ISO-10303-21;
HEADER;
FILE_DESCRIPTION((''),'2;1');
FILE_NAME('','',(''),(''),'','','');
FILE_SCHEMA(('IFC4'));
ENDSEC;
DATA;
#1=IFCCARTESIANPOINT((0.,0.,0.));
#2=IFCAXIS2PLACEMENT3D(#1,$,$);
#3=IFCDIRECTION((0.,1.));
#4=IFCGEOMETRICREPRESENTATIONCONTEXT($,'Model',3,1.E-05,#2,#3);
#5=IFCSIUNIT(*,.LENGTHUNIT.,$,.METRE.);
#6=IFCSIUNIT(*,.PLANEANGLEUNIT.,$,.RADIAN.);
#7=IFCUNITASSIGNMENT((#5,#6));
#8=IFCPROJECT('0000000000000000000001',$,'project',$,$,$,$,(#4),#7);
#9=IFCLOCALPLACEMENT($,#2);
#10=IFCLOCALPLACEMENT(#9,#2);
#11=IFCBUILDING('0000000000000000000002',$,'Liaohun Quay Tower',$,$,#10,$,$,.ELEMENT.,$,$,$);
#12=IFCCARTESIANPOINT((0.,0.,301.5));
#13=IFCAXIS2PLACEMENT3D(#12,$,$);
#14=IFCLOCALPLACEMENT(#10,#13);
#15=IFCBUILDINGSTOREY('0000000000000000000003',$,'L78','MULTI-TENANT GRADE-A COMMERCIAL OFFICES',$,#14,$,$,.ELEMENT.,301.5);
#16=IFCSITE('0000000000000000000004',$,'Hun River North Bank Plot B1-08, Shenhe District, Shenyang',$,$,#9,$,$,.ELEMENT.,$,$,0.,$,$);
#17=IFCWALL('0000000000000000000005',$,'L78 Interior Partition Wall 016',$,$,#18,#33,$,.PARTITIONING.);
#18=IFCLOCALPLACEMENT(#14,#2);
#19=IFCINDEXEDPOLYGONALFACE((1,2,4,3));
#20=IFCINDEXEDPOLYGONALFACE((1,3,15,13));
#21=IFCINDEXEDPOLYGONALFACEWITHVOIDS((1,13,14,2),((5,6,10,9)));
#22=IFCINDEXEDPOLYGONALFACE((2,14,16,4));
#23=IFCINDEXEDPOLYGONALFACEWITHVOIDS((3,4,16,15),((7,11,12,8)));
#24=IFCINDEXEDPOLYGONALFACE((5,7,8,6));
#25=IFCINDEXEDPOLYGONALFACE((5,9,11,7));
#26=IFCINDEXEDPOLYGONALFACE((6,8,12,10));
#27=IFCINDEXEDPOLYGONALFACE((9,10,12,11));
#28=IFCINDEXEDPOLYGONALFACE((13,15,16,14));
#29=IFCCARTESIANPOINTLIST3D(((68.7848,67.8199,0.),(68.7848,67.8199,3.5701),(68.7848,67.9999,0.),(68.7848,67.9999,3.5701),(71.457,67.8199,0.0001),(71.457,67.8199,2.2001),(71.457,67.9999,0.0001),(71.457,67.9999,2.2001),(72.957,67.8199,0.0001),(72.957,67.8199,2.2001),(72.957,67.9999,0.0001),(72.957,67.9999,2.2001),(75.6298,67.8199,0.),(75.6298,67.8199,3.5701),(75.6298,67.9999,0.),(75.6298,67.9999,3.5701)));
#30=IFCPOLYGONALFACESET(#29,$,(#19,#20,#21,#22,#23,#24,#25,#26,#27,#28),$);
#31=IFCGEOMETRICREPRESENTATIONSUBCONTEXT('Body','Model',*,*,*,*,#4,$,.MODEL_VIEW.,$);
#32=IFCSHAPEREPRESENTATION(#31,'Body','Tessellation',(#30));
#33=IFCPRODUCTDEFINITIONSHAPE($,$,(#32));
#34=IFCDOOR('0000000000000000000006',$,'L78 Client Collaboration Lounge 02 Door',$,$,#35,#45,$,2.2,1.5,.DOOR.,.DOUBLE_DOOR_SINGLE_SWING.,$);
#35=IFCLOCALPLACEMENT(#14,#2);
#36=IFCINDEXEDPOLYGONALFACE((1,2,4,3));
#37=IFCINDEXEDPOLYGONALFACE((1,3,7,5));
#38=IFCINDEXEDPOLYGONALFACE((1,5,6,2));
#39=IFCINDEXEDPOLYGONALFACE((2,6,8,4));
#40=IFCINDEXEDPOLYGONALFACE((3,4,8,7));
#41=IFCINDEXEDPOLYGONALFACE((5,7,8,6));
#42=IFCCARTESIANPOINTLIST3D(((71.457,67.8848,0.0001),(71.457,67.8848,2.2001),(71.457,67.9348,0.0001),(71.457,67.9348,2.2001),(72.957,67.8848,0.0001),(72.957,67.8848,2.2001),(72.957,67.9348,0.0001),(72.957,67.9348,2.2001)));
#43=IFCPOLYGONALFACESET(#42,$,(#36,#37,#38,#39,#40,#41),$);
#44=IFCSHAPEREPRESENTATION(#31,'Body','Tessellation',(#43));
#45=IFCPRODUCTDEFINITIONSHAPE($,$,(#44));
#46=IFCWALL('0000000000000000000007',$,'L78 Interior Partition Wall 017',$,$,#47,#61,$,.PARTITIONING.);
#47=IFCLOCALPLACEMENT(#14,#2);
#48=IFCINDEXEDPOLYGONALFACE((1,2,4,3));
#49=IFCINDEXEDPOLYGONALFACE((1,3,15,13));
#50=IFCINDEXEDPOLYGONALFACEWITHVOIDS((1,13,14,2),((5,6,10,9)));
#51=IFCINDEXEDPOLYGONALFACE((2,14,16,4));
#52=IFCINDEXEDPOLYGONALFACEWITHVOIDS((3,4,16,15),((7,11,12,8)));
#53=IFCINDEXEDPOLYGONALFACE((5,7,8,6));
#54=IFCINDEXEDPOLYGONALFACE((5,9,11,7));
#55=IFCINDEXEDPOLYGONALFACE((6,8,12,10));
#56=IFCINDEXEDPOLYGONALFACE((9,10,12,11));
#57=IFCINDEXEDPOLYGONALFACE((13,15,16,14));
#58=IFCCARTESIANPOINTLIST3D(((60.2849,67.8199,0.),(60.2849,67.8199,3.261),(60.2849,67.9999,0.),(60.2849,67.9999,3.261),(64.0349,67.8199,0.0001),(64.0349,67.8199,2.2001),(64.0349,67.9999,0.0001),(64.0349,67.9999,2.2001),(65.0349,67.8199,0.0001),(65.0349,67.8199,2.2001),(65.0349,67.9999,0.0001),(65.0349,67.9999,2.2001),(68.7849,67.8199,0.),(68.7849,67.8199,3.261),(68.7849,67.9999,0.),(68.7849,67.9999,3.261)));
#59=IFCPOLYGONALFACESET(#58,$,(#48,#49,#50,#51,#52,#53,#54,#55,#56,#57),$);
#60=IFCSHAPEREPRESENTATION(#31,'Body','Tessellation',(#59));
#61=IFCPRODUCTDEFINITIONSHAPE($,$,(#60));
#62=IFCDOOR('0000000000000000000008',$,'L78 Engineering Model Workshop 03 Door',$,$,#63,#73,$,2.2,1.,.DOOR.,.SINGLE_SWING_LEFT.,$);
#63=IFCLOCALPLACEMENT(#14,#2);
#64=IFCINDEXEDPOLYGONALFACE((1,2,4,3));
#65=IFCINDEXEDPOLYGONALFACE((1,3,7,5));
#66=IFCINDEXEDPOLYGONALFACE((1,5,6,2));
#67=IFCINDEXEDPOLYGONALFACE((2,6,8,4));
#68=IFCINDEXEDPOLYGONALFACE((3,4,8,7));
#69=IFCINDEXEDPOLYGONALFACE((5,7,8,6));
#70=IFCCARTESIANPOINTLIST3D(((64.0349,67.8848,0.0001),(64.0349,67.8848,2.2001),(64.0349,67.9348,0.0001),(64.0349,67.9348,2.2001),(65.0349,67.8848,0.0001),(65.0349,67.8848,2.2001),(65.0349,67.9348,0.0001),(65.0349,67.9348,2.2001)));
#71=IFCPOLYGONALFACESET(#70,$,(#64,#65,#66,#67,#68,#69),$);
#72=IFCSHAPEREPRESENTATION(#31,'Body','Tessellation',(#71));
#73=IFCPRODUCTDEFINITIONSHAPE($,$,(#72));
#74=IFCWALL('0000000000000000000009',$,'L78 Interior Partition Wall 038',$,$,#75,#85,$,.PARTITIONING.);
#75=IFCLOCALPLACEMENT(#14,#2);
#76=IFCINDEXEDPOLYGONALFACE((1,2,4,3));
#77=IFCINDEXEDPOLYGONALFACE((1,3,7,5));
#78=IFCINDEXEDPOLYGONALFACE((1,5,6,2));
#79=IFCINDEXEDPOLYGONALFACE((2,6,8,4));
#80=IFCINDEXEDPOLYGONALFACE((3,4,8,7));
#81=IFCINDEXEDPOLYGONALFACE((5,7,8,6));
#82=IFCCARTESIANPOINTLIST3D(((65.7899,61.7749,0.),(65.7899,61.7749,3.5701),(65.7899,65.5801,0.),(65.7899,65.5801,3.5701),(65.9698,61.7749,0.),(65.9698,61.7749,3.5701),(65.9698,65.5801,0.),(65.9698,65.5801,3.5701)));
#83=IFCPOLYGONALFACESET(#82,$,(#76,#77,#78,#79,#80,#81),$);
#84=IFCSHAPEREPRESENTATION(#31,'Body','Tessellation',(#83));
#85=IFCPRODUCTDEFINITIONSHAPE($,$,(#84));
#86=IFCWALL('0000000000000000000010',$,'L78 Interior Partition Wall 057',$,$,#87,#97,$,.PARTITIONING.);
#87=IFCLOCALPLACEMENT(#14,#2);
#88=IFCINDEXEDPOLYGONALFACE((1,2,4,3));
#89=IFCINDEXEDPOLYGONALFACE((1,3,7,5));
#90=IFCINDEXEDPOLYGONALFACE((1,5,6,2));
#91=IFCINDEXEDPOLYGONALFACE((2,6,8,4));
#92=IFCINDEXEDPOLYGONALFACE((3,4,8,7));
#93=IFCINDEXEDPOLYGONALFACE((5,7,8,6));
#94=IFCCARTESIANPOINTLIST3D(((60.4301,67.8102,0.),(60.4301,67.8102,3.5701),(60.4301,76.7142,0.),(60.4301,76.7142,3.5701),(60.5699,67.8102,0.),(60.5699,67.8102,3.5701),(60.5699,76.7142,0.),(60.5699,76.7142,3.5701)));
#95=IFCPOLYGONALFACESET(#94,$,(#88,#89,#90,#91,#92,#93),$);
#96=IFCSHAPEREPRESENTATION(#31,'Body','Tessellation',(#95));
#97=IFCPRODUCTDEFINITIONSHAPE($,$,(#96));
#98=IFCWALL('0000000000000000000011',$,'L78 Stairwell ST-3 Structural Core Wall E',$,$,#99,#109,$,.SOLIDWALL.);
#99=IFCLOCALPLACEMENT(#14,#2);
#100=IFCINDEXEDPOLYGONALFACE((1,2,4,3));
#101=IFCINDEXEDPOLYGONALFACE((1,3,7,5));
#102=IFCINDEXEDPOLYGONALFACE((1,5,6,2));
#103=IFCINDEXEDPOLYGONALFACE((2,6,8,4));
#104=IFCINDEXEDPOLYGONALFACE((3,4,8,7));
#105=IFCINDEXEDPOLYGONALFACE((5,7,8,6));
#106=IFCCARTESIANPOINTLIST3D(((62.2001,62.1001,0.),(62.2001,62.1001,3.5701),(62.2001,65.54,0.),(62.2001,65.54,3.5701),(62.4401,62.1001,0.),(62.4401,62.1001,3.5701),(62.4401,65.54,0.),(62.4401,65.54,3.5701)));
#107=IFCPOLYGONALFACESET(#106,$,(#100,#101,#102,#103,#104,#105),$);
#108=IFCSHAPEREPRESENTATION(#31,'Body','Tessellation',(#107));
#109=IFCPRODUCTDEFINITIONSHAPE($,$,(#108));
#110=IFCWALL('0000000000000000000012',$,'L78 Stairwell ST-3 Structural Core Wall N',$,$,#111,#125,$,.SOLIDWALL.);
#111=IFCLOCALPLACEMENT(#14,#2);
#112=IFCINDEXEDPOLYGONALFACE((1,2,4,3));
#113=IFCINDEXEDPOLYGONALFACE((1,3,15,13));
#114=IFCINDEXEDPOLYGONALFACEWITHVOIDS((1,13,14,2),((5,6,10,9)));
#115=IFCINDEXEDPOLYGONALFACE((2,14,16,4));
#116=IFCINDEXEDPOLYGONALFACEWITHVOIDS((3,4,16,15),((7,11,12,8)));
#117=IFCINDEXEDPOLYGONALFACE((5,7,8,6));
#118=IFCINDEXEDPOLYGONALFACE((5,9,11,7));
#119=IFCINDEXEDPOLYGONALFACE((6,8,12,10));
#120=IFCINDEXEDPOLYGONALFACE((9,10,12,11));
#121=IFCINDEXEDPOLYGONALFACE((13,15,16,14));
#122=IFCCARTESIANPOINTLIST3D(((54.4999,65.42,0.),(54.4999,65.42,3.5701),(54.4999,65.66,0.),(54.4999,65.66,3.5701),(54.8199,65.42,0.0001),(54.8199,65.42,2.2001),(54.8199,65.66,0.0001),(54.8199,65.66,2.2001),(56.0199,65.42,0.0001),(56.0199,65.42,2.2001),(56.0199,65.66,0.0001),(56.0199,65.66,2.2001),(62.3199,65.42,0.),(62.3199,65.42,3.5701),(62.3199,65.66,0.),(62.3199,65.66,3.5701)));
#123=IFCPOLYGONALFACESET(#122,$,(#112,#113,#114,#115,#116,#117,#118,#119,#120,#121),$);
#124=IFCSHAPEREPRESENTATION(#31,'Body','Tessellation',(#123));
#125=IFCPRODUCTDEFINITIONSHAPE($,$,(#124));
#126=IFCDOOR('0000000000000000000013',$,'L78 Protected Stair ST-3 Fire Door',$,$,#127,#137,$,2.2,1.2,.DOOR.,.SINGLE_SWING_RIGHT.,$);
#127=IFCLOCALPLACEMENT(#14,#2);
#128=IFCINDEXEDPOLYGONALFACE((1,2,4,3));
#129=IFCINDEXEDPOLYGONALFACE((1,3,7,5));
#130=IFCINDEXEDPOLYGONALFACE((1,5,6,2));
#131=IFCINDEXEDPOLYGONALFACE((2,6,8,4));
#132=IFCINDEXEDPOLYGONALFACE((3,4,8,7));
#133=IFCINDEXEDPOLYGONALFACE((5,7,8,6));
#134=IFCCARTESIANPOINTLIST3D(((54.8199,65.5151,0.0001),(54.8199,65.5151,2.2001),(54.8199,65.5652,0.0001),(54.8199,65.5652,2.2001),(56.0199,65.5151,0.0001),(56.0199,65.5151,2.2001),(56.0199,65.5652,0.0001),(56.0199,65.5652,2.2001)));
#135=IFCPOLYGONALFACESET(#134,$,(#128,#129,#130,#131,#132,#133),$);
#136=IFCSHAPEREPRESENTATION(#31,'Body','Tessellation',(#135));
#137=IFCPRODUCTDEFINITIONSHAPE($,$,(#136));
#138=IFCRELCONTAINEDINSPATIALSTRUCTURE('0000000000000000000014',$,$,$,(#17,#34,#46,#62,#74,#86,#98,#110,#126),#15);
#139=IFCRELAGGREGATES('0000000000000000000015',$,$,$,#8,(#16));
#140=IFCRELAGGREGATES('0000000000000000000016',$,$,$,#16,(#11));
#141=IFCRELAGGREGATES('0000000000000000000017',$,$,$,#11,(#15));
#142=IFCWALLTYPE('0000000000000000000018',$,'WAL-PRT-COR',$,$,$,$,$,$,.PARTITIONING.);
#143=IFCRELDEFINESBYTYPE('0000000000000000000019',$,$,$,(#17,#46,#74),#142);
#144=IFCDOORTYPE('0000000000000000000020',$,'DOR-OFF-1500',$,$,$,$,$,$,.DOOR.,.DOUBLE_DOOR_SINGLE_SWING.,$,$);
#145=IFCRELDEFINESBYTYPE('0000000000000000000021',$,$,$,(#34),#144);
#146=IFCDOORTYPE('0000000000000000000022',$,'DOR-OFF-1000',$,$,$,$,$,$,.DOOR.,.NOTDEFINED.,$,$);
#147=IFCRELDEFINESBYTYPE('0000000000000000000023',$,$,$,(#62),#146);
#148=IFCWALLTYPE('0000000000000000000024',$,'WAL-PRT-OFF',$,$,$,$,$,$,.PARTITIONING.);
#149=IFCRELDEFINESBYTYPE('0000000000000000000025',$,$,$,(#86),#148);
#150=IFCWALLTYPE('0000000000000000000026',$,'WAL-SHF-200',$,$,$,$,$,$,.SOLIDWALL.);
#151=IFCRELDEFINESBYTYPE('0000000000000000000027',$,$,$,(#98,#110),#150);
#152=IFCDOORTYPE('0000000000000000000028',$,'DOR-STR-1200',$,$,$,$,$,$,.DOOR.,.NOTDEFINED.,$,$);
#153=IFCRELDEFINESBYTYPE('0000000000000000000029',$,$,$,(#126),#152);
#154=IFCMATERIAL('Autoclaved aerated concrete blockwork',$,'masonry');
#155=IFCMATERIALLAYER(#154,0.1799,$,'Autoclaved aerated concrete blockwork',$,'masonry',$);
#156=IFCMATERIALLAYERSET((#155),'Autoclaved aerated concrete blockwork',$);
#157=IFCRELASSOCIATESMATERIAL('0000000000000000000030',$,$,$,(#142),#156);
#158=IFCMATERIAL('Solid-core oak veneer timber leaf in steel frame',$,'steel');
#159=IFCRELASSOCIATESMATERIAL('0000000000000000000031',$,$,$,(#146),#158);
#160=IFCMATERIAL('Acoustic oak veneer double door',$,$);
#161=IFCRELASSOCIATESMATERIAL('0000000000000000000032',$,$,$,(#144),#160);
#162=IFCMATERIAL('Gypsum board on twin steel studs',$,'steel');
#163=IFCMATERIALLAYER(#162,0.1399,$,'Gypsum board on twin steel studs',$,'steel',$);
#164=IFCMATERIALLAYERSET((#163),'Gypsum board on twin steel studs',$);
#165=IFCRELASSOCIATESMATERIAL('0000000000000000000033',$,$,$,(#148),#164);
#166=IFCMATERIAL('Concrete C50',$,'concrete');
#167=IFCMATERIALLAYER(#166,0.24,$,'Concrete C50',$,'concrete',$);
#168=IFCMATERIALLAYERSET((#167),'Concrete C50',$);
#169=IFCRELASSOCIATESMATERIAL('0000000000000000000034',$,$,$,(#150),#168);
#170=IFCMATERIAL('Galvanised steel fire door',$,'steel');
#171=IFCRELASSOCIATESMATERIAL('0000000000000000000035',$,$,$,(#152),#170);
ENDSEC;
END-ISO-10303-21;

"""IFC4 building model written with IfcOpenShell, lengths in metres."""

from ifc_helpers import new_model, si_unit, direction, frame, frame_2d, origin, place, context, subcontext, project, spatial, rectangle, extrude, source, transform, mapped, material, layer, layer_set, type_object, element, fill, save


model = new_model("IFC4")

# Units and contexts
model_context = context("Model", 3, precision=1e-05, world=origin(), true_north=direction((0.0, 1.0)))
body_context = subcontext(model_context, "Body", "Model", "MODEL_VIEW")
ifc_project = project(units=[si_unit("LENGTHUNIT", "METRE"), si_unit("PLANEANGLEUNIT", "RADIAN")], contexts=[model_context])

# Site, building, storey
site_placement = place(None, origin())
site = spatial("IfcSite", under=ifc_project, at=site_placement, Name="Hun River North Bank Plot B1-08, Shenhe District, Shenyang", CompositionType="ELEMENT", RefElevation=0.0)
building_placement = place(site_placement, origin())
building = spatial("IfcBuilding", under=site, at=building_placement, Name="Liaohun Quay Tower", CompositionType="ELEMENT")
storey_placement = place(building_placement, frame((0.0, 0.0, 301.5)))
storey = spatial("IfcBuildingStorey", under=building, at=storey_placement, Name="L78", Description="MULTI-TENANT GRADE-A COMMERCIAL OFFICES", CompositionType="ELEMENT", Elevation=301.5)

# Shared definitions
ifc_material_1 = material(Name="Concrete C50", Category="concrete")

# Walls, openings, doors
ifc_material_2 = material(Name="Autoclaved aerated concrete blockwork", Category="masonry")
ifc_layer_1 = layer(ifc_material_2, 0.1799, Name="Autoclaved aerated concrete blockwork", Category="masonry")
ifc_layer_set_1 = layer_set([ifc_layer_1], Name="Autoclaved aerated concrete blockwork")
wall_type_1 = type_object("IfcWallType", Name="WAL-PRT-COR", PredefinedType="PARTITIONING", material=ifc_layer_set_1)
shared_shape_1 = source(origin(), body_context, "Body", "SweptSolid", [
    extrude(rectangle(XDim=1.0, YDim=2.2, at=frame_2d((0.5, 1.1001))), frame((0.0, 0.0999, 0.0), z_axis=(0.0, -1.0, 0.0), x_axis=(1.0, 0.0, 0.0)), (0.0, 0.0, 1.0), 0.2),
])
ifc_material_3 = material(Name="Solid-core oak veneer timber leaf in steel frame", Category="steel")
door_type_1 = type_object("IfcDoorType", Name="DOR-OFF-1000", OperationType="NOTDEFINED", PredefinedType="DOOR", material=ifc_material_3)
shared_shape_2 = source(origin(), body_context, "Body", "SweptSolid", [
    extrude(rectangle(XDim=1.0, YDim=2.2, at=frame_2d((0.5, 1.1001))), frame((0.0, 0.0249, 0.0), z_axis=(0.0, -1.0, 0.0), x_axis=(1.0, 0.0, 0.0)), (0.0, 0.0, 1.0), 0.05),
])
wall_1_placement = place(storey_placement, frame((68.7849, 67.9099, 0.0), z_axis=(0.0, 0.0, 1.0), x_axis=(1.0, 0.0, 0.0)))
wall_1 = element("IfcWall", 1, at=wall_1_placement, inside=storey, type_object=wall_type_1, Name="L78 Interior Partition Wall 016", PredefinedType="PARTITIONING", context=body_context, shape_type="SweptSolid", body=[
    extrude(rectangle(XDim=6.845, YDim=0.1799, at=frame_2d((3.4224, 0.0))), origin(), (0.0, 0.0, 1.0), 3.5701),
])
shared_shape_3 = source(origin(), body_context, "Body", "SweptSolid", [
    extrude(rectangle(XDim=1.5, YDim=2.2, at=frame_2d((0.75, 1.1001))), frame((0.0, 0.0999, 0.0), z_axis=(0.0, -1.0, 0.0), x_axis=(1.0, 0.0, 0.0)), (0.0, 0.0, 1.0), 0.2),
])
opening_1_placement = place(wall_1_placement, frame((2.6721, 0.0, 0.0)))
opening_1 = element("IfcOpeningElement", 2, at=opening_1_placement, cuts=wall_1, PredefinedType="OPENING", context=body_context, shape_type="MappedRepresentation", body=[
    mapped(shared_shape_3, transform((0.0, 0.0, 0.0), x_axis=(1.0, 0.0, 0.0), y_axis=(0.0, 1.0, 0.0), z_axis=(0.0, 0.0, 1.0), scale=1.0)),
])
ifc_material_4 = material(Name="Acoustic oak veneer double door")
door_type_2 = type_object("IfcDoorType", Name="DOR-OFF-1500", OperationType="DOUBLE_DOOR_SINGLE_SWING", PredefinedType="DOOR", material=ifc_material_4)
shared_shape_4 = source(origin(), body_context, "Body", "SweptSolid", [
    extrude(rectangle(XDim=1.5, YDim=2.2, at=frame_2d((0.75, 1.1001))), frame((0.0, 0.0249, 0.0), z_axis=(0.0, -1.0, 0.0), x_axis=(1.0, 0.0, 0.0)), (0.0, 0.0, 1.0), 0.05),
])
door_1_placement = place(opening_1_placement, origin())
door_1 = element("IfcDoor", 3, at=door_1_placement, inside=storey, type_object=door_type_2, Name="L78 Client Collaboration Lounge 02 Door", OperationType="DOUBLE_DOOR_SINGLE_SWING", OverallHeight=2.2, OverallWidth=1.5, PredefinedType="DOOR", context=body_context, shape_type="MappedRepresentation", body=[
    mapped(shared_shape_4, transform((0.0, 0.0, 0.0), x_axis=(1.0, 0.0, 0.0), y_axis=(0.0, 1.0, 0.0), z_axis=(0.0, 0.0, 1.0), scale=1.0)),
])
fill(opening_1, door_1)
wall_2_placement = place(storey_placement, frame((60.2849, 67.9099, 0.0), z_axis=(0.0, 0.0, 1.0), x_axis=(1.0, 0.0, 0.0)))
wall_2 = element("IfcWall", 4, at=wall_2_placement, inside=storey, type_object=wall_type_1, Name="L78 Interior Partition Wall 017", PredefinedType="PARTITIONING", context=body_context, shape_type="SweptSolid", body=[
    extrude(rectangle(XDim=8.5, YDim=0.1799, at=frame_2d((4.25, 0.0))), origin(), (0.0, 0.0, 1.0), 3.261),
])
opening_2_placement = place(wall_2_placement, frame((3.75, 0.0, 0.0)))
opening_2 = element("IfcOpeningElement", 5, at=opening_2_placement, cuts=wall_2, PredefinedType="OPENING", context=body_context, shape_type="MappedRepresentation", body=[
    mapped(shared_shape_1, transform((0.0, 0.0, 0.0), x_axis=(1.0, 0.0, 0.0), y_axis=(0.0, 1.0, 0.0), z_axis=(0.0, 0.0, 1.0), scale=1.0)),
])
door_2_placement = place(opening_2_placement, origin())
door_2 = element("IfcDoor", 6, at=door_2_placement, inside=storey, type_object=door_type_1, Name="L78 Engineering Model Workshop 03 Door", OperationType="SINGLE_SWING_LEFT", OverallHeight=2.2, OverallWidth=1.0, PredefinedType="DOOR", context=body_context, shape_type="MappedRepresentation", body=[
    mapped(shared_shape_2, transform((0.0, 0.0, 0.0), x_axis=(1.0, 0.0, 0.0), y_axis=(0.0, 1.0, 0.0), z_axis=(0.0, 0.0, 1.0), scale=1.0)),
])
fill(opening_2, door_2)

# Walls
wall_3_placement = place(storey_placement, frame((65.8799, 61.7749, 0.0), z_axis=(0.0, 0.0, 1.0), x_axis=(0.0, 1.0, 0.0)))
element("IfcWall", 7, at=wall_3_placement, inside=storey, type_object=wall_type_1, Name="L78 Interior Partition Wall 038", PredefinedType="PARTITIONING", context=body_context, shape_type="SweptSolid", body=[
    extrude(rectangle(XDim=3.8052, YDim=0.1799, at=frame_2d((1.9026, 0.0))), origin(), (0.0, 0.0, 1.0), 3.5701),
])
ifc_material_5 = material(Name="Gypsum board on twin steel studs", Category="steel")
ifc_layer_2 = layer(ifc_material_5, 0.1399, Name="Gypsum board on twin steel studs", Category="steel")
ifc_layer_set_2 = layer_set([ifc_layer_2], Name="Gypsum board on twin steel studs")
wall_type_2 = type_object("IfcWallType", Name="WAL-PRT-OFF", PredefinedType="PARTITIONING", material=ifc_layer_set_2)
wall_4_placement = place(storey_placement, frame((60.5, 67.8101, 0.0), z_axis=(0.0, 0.0, 1.0), x_axis=(0.0, 1.0, 0.0)))
element("IfcWall", 8, at=wall_4_placement, inside=storey, type_object=wall_type_2, Name="L78 Interior Partition Wall 057", PredefinedType="PARTITIONING", context=body_context, shape_type="SweptSolid", body=[
    extrude(rectangle(XDim=8.9041, YDim=0.1399, at=frame_2d((4.4521, 0.0))), origin(), (0.0, 0.0, 1.0), 3.5701),
])
ifc_layer_3 = layer(ifc_material_1, 0.24, Name="Concrete C50", Category="concrete")
ifc_layer_set_3 = layer_set([ifc_layer_3], Name="Concrete C50")
wall_type_3 = type_object("IfcWallType", Name="WAL-SHF-200", PredefinedType="SOLIDWALL", material=ifc_layer_set_3)
wall_5_placement = place(storey_placement, frame((62.3201, 62.1001, 0.0), z_axis=(0.0, 0.0, 1.0), x_axis=(0.0, 1.0, 0.0)))
element("IfcWall", 9, at=wall_5_placement, inside=storey, type_object=wall_type_3, Name="L78 Stairwell ST-3 Structural Core Wall E", PredefinedType="SOLIDWALL", context=body_context, shape_type="SweptSolid", body=[
    extrude(rectangle(XDim=3.4399, YDim=0.24, at=frame_2d((1.72, 0.0))), origin(), (0.0, 0.0, 1.0), 3.5701),
])

# Wall, opening, door
wall_6_placement = place(storey_placement, frame((62.3201, 65.54, 0.0), z_axis=(0.0, 0.0, 1.0), x_axis=(-1.0, 0.0, 0.0)))
wall_6 = element("IfcWall", 10, at=wall_6_placement, inside=storey, type_object=wall_type_3, Name="L78 Stairwell ST-3 Structural Core Wall N", PredefinedType="SOLIDWALL", context=body_context, shape_type="SweptSolid", body=[
    extrude(rectangle(XDim=7.8201, YDim=0.24, at=frame_2d((3.9102, 0.0))), origin(), (0.0, 0.0, 1.0), 3.5701),
])
shared_shape_5 = source(origin(), body_context, "Body", "SweptSolid", [
    extrude(rectangle(XDim=1.2, YDim=2.2, at=frame_2d((0.6001, 1.1001))), frame((0.0, 0.1299, 0.0), z_axis=(0.0, -1.0, 0.0), x_axis=(1.0, 0.0, 0.0)), (0.0, 0.0, 1.0), 0.26),
])
opening_3_placement = place(wall_6_placement, frame((6.3, 0.0, 0.0)))
opening_3 = element("IfcOpeningElement", 11, at=opening_3_placement, cuts=wall_6, PredefinedType="OPENING", context=body_context, shape_type="MappedRepresentation", body=[
    mapped(shared_shape_5, transform((0.0, 0.0, 0.0), x_axis=(1.0, 0.0, 0.0), y_axis=(0.0, 1.0, 0.0), z_axis=(0.0, 0.0, 1.0), scale=1.0)),
])
ifc_material_6 = material(Name="Galvanised steel fire door", Category="steel")
door_type_3 = type_object("IfcDoorType", Name="DOR-STR-1200", OperationType="NOTDEFINED", PredefinedType="DOOR", material=ifc_material_6)
shared_shape_6 = source(origin(), body_context, "Body", "SweptSolid", [
    extrude(rectangle(XDim=1.2, YDim=2.2, at=frame_2d((0.6001, 1.1001))), frame((0.0, 0.0249, 0.0), z_axis=(0.0, -1.0, 0.0), x_axis=(1.0, 0.0, 0.0)), (0.0, 0.0, 1.0), 0.05),
])
door_3_placement = place(opening_3_placement, origin())
door_3 = element("IfcDoor", 12, at=door_3_placement, inside=storey, type_object=door_type_3, Name="L78 Protected Stair ST-3 Fire Door", OperationType="SINGLE_SWING_RIGHT", OverallHeight=2.2, OverallWidth=1.2, PredefinedType="DOOR", context=body_context, shape_type="MappedRepresentation", body=[
    mapped(shared_shape_6, transform((0.0, 0.0, 0.0), x_axis=(1.0, 0.0, 0.0), y_axis=(0.0, 1.0, 0.0), z_axis=(0.0, 0.0, 1.0), scale=1.0)),
])
fill(opening_3, door_3)

save(model, "model.ifc")
